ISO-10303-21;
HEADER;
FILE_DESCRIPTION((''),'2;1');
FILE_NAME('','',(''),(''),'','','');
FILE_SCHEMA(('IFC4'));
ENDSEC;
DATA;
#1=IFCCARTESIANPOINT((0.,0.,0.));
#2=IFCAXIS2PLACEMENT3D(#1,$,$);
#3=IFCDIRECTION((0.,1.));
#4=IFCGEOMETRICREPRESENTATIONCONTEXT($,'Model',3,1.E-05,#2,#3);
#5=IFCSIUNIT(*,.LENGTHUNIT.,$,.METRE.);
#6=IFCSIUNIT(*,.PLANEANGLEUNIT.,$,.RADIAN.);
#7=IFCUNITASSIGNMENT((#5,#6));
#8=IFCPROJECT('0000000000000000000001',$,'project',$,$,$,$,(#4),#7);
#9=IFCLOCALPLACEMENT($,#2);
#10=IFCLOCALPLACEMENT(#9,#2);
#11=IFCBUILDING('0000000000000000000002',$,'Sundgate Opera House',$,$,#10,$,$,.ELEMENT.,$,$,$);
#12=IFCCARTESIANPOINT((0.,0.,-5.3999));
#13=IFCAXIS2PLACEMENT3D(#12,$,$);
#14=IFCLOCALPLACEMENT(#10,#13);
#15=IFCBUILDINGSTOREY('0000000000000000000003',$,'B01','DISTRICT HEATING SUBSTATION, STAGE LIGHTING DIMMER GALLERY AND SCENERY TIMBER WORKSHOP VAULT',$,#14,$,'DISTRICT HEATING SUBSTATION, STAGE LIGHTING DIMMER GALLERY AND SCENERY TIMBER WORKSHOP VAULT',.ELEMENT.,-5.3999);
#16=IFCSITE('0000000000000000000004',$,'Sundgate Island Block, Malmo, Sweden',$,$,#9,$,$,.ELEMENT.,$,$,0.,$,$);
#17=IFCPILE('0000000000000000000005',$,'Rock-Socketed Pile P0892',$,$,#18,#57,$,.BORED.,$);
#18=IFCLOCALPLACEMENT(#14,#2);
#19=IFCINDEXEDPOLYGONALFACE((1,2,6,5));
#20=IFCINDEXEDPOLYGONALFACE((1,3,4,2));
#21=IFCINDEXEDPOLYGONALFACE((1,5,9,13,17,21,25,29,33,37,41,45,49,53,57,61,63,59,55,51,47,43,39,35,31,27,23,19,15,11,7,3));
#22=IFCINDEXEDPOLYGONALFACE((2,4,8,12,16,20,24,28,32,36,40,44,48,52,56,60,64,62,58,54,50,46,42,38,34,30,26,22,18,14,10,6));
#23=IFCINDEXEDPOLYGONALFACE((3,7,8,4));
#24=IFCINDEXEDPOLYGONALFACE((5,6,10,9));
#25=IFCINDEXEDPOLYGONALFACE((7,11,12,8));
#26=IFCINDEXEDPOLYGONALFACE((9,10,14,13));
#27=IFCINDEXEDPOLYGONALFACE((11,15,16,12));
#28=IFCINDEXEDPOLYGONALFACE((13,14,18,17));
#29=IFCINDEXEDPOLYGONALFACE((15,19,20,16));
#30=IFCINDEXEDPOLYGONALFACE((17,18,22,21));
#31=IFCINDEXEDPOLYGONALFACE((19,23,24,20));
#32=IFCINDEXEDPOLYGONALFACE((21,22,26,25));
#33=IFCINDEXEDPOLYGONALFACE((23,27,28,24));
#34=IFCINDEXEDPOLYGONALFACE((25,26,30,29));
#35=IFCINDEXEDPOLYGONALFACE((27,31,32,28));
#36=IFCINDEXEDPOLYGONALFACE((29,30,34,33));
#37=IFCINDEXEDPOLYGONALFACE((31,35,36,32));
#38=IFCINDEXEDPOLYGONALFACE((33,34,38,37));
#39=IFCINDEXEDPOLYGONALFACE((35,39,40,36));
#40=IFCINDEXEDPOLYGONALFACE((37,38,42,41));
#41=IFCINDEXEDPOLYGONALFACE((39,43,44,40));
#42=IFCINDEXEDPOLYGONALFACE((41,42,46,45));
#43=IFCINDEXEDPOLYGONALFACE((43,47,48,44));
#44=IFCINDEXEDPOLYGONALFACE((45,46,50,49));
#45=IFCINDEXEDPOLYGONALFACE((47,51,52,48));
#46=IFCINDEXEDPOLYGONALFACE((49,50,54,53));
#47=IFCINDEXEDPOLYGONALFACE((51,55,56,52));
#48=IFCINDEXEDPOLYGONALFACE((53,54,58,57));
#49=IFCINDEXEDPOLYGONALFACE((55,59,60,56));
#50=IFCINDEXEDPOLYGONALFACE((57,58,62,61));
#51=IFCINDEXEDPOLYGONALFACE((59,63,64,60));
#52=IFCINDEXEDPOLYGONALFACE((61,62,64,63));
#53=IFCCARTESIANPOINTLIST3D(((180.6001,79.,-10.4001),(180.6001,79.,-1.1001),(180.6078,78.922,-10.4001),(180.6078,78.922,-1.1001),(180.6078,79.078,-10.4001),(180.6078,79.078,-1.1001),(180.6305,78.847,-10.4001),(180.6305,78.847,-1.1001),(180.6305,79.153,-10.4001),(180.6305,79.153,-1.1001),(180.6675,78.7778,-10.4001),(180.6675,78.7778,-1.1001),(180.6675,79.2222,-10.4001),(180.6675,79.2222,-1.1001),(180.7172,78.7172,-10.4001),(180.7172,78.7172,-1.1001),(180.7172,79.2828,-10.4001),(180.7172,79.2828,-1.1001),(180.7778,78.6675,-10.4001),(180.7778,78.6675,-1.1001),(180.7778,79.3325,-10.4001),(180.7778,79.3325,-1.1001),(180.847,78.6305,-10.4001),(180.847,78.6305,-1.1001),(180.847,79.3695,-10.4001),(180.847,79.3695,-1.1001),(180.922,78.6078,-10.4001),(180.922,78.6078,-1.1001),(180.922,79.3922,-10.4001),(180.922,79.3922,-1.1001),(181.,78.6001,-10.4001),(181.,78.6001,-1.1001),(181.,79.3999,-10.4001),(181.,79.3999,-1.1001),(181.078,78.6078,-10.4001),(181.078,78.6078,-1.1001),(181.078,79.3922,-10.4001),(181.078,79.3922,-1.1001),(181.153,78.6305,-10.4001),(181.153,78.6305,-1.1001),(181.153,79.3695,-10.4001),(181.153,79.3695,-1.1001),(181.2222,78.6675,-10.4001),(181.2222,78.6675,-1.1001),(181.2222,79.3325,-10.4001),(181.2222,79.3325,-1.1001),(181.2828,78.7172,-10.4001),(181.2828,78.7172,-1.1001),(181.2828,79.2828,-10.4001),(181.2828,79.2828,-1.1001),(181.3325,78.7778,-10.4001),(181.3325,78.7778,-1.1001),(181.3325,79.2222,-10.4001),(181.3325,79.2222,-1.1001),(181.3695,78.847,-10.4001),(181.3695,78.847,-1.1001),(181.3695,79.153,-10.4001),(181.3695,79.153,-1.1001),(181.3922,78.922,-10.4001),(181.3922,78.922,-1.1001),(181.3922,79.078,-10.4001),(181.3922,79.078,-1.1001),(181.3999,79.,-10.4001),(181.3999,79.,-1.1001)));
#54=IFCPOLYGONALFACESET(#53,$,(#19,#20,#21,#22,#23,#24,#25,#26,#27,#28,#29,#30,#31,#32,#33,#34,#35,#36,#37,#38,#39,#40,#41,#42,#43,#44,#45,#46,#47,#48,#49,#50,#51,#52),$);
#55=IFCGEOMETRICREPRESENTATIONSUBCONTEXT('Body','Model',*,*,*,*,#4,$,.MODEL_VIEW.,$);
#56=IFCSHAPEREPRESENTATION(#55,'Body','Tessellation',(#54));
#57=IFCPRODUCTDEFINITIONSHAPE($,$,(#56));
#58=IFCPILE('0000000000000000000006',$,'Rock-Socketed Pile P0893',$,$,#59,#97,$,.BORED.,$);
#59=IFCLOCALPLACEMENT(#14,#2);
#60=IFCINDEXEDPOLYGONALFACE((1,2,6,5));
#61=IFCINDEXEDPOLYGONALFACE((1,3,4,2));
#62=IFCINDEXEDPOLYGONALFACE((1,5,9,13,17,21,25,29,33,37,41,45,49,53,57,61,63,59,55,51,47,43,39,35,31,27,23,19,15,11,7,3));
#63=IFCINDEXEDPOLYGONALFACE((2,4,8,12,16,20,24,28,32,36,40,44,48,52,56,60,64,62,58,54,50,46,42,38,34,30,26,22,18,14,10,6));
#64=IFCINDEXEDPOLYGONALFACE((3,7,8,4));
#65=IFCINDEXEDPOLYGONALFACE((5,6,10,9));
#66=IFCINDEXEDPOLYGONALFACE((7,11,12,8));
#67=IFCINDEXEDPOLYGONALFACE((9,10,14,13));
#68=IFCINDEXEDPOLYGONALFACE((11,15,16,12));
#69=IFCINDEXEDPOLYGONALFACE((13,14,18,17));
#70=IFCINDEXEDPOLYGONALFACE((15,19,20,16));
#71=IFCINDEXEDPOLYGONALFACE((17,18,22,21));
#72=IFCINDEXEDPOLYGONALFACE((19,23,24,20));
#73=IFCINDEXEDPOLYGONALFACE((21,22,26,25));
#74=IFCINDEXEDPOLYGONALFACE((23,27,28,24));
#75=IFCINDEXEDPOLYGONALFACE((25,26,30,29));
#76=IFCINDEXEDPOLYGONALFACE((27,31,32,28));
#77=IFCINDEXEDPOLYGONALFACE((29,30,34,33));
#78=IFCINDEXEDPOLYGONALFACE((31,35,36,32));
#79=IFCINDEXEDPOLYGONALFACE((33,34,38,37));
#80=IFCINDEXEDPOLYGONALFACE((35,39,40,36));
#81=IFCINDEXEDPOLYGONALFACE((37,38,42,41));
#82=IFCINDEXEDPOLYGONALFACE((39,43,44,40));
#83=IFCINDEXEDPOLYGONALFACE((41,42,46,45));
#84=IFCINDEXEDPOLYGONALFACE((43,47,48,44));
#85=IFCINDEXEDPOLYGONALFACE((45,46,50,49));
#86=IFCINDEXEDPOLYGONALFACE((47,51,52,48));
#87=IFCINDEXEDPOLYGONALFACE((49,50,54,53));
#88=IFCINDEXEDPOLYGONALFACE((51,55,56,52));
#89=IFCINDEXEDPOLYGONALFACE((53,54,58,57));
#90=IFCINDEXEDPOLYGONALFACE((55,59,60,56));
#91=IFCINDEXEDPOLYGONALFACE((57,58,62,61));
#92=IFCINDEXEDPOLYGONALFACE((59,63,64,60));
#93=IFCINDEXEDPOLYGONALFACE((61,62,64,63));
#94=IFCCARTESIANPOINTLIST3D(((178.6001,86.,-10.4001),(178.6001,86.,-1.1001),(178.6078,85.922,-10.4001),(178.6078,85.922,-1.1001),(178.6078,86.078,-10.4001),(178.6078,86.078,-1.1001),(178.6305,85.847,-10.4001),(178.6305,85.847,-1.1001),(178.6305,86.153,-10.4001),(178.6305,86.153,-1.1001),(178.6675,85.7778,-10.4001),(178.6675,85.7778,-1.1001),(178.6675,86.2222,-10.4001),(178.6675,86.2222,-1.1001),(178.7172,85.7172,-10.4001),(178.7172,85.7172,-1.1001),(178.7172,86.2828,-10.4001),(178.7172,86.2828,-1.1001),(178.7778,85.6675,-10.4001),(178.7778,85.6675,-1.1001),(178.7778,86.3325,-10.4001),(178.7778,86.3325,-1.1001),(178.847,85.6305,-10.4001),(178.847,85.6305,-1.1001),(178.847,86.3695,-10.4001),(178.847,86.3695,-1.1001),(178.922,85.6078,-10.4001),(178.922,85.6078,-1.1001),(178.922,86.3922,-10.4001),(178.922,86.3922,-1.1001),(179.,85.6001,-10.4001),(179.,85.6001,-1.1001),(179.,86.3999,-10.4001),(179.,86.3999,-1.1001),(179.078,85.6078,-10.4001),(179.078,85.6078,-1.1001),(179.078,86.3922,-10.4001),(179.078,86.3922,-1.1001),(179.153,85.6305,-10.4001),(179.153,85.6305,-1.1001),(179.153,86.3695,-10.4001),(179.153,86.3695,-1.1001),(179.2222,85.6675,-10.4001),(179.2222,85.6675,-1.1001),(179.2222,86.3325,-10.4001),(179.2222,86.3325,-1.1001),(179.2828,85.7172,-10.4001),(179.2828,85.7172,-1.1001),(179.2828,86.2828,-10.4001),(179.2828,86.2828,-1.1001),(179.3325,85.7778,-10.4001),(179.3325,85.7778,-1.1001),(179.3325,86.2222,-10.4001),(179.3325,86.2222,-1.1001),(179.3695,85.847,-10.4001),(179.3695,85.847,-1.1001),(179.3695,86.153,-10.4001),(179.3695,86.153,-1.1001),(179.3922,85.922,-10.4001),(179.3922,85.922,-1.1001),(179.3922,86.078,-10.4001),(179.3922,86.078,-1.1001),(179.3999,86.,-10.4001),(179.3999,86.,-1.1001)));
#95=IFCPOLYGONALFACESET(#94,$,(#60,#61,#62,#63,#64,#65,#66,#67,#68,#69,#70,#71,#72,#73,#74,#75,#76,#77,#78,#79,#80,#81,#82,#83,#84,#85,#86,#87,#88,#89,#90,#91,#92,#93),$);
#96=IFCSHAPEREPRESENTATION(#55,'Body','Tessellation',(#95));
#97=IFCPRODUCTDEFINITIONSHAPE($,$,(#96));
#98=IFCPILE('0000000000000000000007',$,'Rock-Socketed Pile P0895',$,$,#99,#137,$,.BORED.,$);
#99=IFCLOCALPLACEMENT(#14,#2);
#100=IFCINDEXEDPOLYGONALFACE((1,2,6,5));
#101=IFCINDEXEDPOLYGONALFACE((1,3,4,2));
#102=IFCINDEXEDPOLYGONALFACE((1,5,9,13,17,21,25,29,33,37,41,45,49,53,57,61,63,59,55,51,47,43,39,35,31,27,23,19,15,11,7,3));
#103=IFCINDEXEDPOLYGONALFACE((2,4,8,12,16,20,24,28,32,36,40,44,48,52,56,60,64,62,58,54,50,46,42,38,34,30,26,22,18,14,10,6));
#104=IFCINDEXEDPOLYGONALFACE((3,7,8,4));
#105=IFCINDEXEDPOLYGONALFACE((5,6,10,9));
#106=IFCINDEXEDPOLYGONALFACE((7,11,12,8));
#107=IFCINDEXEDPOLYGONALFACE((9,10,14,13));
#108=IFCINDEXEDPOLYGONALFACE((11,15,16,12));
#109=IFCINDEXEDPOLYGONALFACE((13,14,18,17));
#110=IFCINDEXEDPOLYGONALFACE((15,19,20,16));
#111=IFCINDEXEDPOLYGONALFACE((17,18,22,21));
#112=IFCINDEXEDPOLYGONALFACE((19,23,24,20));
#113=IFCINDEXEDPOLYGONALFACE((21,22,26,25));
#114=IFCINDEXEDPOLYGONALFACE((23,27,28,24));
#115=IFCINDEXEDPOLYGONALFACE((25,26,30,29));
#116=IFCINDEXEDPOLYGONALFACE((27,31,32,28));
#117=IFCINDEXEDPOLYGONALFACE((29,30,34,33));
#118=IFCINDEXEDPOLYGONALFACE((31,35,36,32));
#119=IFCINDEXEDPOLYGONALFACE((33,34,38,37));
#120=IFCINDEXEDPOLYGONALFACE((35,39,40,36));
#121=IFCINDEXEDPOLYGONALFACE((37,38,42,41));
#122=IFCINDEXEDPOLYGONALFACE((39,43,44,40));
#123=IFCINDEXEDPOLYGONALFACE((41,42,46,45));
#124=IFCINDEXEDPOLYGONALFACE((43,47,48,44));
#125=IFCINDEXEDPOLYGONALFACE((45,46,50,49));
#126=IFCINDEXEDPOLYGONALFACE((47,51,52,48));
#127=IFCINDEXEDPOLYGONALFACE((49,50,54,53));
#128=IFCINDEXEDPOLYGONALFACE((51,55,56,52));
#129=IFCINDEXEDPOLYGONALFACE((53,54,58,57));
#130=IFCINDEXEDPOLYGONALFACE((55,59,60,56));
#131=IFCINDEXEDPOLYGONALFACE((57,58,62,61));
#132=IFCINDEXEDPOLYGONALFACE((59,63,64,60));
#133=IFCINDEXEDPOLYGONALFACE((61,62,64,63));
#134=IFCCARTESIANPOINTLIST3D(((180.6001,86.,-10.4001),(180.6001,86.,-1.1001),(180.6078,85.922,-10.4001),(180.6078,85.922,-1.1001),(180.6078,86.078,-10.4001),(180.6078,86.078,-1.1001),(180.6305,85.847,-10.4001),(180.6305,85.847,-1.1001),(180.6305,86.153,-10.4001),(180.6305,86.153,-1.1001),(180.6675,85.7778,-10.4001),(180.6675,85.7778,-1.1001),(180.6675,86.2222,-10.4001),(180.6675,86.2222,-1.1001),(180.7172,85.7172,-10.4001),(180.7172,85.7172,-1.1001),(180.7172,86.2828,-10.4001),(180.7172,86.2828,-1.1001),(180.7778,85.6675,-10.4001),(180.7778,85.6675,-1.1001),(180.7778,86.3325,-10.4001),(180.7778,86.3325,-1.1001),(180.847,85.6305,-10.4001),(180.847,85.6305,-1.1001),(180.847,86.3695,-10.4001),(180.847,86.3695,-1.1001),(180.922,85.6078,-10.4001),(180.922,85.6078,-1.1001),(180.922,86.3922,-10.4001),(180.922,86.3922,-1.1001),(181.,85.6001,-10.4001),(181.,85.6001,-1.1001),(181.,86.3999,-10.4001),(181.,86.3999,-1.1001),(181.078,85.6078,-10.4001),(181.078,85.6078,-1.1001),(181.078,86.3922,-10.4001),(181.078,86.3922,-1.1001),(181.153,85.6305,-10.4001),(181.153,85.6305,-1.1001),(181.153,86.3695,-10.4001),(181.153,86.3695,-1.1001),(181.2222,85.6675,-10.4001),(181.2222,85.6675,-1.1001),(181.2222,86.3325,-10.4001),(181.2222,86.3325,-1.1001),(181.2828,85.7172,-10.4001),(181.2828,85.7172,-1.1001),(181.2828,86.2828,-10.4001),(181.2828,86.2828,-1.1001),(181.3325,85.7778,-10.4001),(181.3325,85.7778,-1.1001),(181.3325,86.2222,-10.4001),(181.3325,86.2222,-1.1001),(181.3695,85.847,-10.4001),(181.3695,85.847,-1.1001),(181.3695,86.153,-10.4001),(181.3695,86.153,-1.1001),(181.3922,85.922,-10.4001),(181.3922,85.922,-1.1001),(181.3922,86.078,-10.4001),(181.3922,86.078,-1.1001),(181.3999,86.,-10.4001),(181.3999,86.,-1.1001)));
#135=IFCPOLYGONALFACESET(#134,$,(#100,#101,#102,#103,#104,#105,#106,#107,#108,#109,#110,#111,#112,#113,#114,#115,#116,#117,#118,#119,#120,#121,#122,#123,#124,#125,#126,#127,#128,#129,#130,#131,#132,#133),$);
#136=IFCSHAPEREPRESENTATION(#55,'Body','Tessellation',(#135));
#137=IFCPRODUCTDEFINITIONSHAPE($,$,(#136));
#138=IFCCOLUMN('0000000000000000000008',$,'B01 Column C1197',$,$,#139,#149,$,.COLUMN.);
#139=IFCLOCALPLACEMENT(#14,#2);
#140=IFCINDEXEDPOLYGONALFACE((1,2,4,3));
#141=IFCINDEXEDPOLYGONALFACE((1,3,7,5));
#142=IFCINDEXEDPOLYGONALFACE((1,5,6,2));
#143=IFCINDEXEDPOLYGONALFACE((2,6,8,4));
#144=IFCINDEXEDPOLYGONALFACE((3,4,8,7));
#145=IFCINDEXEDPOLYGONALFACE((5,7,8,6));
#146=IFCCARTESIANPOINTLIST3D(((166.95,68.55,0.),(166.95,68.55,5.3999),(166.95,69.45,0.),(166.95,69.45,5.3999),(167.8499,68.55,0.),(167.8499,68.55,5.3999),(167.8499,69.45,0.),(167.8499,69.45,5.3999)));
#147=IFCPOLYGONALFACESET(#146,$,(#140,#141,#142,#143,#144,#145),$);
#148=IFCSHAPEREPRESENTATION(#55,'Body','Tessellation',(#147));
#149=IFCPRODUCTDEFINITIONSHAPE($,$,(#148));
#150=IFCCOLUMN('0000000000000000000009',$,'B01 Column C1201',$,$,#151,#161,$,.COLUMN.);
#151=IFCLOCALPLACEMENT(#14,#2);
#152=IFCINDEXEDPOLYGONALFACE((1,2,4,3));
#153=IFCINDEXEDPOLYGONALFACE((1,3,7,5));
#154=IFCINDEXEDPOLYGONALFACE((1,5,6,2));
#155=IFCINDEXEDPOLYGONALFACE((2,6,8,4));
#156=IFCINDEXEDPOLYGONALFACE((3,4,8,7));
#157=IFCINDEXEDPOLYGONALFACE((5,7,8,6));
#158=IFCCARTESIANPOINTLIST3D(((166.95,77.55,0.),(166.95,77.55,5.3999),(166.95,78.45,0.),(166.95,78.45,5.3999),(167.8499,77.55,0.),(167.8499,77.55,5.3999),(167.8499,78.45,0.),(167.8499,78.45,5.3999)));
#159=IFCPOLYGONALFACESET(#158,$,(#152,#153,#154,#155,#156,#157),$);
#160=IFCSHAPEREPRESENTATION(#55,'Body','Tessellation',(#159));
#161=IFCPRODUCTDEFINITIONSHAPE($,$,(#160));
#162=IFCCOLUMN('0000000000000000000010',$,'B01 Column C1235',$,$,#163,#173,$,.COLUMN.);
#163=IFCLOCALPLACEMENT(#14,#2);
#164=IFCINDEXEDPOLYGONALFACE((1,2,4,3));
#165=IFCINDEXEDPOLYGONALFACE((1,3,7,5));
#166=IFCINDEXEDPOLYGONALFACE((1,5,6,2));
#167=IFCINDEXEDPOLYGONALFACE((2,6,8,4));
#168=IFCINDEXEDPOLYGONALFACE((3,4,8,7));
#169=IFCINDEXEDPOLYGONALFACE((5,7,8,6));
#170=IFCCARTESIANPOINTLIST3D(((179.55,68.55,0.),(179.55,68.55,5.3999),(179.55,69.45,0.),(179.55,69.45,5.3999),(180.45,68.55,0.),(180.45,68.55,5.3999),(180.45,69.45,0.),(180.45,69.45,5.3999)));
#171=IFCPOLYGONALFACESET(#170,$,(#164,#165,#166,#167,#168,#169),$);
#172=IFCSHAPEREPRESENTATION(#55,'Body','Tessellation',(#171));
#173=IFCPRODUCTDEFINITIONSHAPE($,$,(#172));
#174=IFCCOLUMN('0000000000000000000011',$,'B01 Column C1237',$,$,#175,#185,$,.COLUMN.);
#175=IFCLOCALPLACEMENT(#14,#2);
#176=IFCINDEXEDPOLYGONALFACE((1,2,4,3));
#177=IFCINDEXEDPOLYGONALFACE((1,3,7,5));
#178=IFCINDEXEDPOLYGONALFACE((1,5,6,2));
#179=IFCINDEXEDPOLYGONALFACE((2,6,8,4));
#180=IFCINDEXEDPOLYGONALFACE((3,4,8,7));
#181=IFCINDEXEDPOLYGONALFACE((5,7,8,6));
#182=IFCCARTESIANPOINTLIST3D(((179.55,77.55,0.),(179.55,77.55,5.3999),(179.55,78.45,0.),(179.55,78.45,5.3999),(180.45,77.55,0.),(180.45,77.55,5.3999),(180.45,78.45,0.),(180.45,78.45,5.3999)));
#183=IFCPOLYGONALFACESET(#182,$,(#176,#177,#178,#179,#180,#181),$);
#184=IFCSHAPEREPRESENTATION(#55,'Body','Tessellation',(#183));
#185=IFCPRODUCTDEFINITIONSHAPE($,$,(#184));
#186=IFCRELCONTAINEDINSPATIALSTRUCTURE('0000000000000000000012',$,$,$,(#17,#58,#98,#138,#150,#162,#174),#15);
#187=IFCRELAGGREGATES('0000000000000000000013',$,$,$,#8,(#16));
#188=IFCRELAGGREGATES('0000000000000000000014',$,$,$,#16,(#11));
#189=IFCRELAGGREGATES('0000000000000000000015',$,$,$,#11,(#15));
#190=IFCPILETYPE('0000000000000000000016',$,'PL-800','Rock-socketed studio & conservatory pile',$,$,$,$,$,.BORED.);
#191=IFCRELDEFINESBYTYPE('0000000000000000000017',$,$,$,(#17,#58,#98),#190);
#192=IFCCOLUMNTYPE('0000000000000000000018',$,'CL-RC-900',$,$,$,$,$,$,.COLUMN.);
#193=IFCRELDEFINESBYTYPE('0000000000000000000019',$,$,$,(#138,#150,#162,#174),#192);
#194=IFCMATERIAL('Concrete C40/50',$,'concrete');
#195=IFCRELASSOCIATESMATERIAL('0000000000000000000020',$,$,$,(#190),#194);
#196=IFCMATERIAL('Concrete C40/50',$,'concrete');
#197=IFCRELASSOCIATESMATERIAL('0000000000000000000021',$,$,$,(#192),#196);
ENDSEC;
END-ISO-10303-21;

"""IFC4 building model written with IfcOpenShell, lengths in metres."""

from ifc_helpers import new_model, si_unit, direction, frame, origin, origin_2d, place, context, subcontext, project, spatial, rectangle, circle, extrude, material, material_profile, profile_set, type_object, element, save


model = new_model("IFC4")

# Units and contexts
model_context = context("Model", 3, precision=1e-05, world=origin(), true_north=direction((0.0, 1.0)))
body_context = subcontext(model_context, "Body", "Model", "MODEL_VIEW")
ifc_project = project(units=[si_unit("LENGTHUNIT", "METRE"), si_unit("PLANEANGLEUNIT", "RADIAN")], contexts=[model_context])

# Site, building, storey
site_placement = place(None, origin())
site = spatial("IfcSite", under=ifc_project, at=site_placement, Name="Sundgate Island Block, Malmo, Sweden", CompositionType="ELEMENT", RefElevation=0.0)
building_placement = place(site_placement, origin())
building = spatial("IfcBuilding", under=site, at=building_placement, Name="Sundgate Opera House", CompositionType="ELEMENT")
storey_placement = place(building_placement, frame((0.0, 0.0, -5.3999)))
storey = spatial("IfcBuildingStorey", under=building, at=storey_placement, Name="B01", Description="DISTRICT HEATING SUBSTATION, STAGE LIGHTING DIMMER GALLERY AND SCENERY TIMBER WORKSHOP VAULT", LongName="DISTRICT HEATING SUBSTATION, STAGE LIGHTING DIMMER GALLERY AND SCENERY TIMBER WORKSHOP VAULT", CompositionType="ELEMENT", Elevation=-5.3999)

# Piles
ifc_material_1 = material(Name="Concrete C40/50", Category="concrete")
ifc_material_profile_1 = material_profile(ifc_material_1, circle(Radius=0.3999, at=origin_2d()), Name="PILE D800")
ifc_profile_set_1 = profile_set([ifc_material_profile_1], Name="Concrete C40/50")
pile_type = type_object("IfcPileType", Name="PL-800", Description="Rock-socketed studio & conservatory pile", PredefinedType="BORED", material=ifc_profile_set_1)
for number, where, z_axis, x_axis, name in (
    (1, (181.0, 79.0, -1.1001), (0.0, 0.0, -1.0), (1.0, 0.0, 0.0), "Rock-Socketed Pile P0892"),
    (2, (179.0, 86.0, -1.1001), (0.0, 0.0, -1.0), (1.0, 0.0, 0.0), "Rock-Socketed Pile P0893"),
    (3, (181.0, 86.0, -1.1001), (0.0, 0.0, -1.0), (1.0, 0.0, 0.0), "Rock-Socketed Pile P0895"),
):
    element("IfcPile", number, at=place(storey_placement, frame(where, z_axis=z_axis, x_axis=x_axis)), inside=storey, type_object=pile_type, Name=name, PredefinedType="BORED", context=body_context, shape_type="SweptSolid", body=[
        extrude(circle(Radius=0.3999, at=origin_2d()), origin(), (0.0, 0.0, 1.0), 9.3),
    ])

# Columns
ifc_material_2 = material(Name="Concrete C40/50", Category="concrete")
ifc_material_profile_2 = material_profile(ifc_material_2, rectangle(XDim=0.8999, YDim=0.8999, at=origin_2d()), Name="RC 900x900")
ifc_profile_set_2 = profile_set([ifc_material_profile_2], Name="Concrete C40/50")
column_type = type_object("IfcColumnType", Name="CL-RC-900", PredefinedType="COLUMN", material=ifc_profile_set_2)
for number, where, z_axis, x_axis, name in (
    (4, (167.3999, 69.0, 0.0), (0.0, 0.0, 1.0), (1.0, 0.0, 0.0), "B01 Column C1197"),
    (5, (167.3999, 78.0, 0.0), (0.0, 0.0, 1.0), (1.0, 0.0, 0.0), "B01 Column C1201"),
    (6, (180.0, 69.0, 0.0), (0.0, 0.0, 1.0), (1.0, 0.0, 0.0), "B01 Column C1235"),
    (7, (180.0, 78.0, 0.0), (0.0, 0.0, 1.0), (1.0, 0.0, 0.0), "B01 Column C1237"),
):
    element("IfcColumn", number, at=place(storey_placement, frame(where, z_axis=z_axis, x_axis=x_axis)), inside=storey, type_object=column_type, Name=name, PredefinedType="COLUMN", context=body_context, shape_type="SweptSolid", body=[
        extrude(rectangle(XDim=0.8999, YDim=0.8999, at=origin_2d()), origin(), (0.0, 0.0, 1.0), 5.3999),
    ])

save(model, "model.ifc")
